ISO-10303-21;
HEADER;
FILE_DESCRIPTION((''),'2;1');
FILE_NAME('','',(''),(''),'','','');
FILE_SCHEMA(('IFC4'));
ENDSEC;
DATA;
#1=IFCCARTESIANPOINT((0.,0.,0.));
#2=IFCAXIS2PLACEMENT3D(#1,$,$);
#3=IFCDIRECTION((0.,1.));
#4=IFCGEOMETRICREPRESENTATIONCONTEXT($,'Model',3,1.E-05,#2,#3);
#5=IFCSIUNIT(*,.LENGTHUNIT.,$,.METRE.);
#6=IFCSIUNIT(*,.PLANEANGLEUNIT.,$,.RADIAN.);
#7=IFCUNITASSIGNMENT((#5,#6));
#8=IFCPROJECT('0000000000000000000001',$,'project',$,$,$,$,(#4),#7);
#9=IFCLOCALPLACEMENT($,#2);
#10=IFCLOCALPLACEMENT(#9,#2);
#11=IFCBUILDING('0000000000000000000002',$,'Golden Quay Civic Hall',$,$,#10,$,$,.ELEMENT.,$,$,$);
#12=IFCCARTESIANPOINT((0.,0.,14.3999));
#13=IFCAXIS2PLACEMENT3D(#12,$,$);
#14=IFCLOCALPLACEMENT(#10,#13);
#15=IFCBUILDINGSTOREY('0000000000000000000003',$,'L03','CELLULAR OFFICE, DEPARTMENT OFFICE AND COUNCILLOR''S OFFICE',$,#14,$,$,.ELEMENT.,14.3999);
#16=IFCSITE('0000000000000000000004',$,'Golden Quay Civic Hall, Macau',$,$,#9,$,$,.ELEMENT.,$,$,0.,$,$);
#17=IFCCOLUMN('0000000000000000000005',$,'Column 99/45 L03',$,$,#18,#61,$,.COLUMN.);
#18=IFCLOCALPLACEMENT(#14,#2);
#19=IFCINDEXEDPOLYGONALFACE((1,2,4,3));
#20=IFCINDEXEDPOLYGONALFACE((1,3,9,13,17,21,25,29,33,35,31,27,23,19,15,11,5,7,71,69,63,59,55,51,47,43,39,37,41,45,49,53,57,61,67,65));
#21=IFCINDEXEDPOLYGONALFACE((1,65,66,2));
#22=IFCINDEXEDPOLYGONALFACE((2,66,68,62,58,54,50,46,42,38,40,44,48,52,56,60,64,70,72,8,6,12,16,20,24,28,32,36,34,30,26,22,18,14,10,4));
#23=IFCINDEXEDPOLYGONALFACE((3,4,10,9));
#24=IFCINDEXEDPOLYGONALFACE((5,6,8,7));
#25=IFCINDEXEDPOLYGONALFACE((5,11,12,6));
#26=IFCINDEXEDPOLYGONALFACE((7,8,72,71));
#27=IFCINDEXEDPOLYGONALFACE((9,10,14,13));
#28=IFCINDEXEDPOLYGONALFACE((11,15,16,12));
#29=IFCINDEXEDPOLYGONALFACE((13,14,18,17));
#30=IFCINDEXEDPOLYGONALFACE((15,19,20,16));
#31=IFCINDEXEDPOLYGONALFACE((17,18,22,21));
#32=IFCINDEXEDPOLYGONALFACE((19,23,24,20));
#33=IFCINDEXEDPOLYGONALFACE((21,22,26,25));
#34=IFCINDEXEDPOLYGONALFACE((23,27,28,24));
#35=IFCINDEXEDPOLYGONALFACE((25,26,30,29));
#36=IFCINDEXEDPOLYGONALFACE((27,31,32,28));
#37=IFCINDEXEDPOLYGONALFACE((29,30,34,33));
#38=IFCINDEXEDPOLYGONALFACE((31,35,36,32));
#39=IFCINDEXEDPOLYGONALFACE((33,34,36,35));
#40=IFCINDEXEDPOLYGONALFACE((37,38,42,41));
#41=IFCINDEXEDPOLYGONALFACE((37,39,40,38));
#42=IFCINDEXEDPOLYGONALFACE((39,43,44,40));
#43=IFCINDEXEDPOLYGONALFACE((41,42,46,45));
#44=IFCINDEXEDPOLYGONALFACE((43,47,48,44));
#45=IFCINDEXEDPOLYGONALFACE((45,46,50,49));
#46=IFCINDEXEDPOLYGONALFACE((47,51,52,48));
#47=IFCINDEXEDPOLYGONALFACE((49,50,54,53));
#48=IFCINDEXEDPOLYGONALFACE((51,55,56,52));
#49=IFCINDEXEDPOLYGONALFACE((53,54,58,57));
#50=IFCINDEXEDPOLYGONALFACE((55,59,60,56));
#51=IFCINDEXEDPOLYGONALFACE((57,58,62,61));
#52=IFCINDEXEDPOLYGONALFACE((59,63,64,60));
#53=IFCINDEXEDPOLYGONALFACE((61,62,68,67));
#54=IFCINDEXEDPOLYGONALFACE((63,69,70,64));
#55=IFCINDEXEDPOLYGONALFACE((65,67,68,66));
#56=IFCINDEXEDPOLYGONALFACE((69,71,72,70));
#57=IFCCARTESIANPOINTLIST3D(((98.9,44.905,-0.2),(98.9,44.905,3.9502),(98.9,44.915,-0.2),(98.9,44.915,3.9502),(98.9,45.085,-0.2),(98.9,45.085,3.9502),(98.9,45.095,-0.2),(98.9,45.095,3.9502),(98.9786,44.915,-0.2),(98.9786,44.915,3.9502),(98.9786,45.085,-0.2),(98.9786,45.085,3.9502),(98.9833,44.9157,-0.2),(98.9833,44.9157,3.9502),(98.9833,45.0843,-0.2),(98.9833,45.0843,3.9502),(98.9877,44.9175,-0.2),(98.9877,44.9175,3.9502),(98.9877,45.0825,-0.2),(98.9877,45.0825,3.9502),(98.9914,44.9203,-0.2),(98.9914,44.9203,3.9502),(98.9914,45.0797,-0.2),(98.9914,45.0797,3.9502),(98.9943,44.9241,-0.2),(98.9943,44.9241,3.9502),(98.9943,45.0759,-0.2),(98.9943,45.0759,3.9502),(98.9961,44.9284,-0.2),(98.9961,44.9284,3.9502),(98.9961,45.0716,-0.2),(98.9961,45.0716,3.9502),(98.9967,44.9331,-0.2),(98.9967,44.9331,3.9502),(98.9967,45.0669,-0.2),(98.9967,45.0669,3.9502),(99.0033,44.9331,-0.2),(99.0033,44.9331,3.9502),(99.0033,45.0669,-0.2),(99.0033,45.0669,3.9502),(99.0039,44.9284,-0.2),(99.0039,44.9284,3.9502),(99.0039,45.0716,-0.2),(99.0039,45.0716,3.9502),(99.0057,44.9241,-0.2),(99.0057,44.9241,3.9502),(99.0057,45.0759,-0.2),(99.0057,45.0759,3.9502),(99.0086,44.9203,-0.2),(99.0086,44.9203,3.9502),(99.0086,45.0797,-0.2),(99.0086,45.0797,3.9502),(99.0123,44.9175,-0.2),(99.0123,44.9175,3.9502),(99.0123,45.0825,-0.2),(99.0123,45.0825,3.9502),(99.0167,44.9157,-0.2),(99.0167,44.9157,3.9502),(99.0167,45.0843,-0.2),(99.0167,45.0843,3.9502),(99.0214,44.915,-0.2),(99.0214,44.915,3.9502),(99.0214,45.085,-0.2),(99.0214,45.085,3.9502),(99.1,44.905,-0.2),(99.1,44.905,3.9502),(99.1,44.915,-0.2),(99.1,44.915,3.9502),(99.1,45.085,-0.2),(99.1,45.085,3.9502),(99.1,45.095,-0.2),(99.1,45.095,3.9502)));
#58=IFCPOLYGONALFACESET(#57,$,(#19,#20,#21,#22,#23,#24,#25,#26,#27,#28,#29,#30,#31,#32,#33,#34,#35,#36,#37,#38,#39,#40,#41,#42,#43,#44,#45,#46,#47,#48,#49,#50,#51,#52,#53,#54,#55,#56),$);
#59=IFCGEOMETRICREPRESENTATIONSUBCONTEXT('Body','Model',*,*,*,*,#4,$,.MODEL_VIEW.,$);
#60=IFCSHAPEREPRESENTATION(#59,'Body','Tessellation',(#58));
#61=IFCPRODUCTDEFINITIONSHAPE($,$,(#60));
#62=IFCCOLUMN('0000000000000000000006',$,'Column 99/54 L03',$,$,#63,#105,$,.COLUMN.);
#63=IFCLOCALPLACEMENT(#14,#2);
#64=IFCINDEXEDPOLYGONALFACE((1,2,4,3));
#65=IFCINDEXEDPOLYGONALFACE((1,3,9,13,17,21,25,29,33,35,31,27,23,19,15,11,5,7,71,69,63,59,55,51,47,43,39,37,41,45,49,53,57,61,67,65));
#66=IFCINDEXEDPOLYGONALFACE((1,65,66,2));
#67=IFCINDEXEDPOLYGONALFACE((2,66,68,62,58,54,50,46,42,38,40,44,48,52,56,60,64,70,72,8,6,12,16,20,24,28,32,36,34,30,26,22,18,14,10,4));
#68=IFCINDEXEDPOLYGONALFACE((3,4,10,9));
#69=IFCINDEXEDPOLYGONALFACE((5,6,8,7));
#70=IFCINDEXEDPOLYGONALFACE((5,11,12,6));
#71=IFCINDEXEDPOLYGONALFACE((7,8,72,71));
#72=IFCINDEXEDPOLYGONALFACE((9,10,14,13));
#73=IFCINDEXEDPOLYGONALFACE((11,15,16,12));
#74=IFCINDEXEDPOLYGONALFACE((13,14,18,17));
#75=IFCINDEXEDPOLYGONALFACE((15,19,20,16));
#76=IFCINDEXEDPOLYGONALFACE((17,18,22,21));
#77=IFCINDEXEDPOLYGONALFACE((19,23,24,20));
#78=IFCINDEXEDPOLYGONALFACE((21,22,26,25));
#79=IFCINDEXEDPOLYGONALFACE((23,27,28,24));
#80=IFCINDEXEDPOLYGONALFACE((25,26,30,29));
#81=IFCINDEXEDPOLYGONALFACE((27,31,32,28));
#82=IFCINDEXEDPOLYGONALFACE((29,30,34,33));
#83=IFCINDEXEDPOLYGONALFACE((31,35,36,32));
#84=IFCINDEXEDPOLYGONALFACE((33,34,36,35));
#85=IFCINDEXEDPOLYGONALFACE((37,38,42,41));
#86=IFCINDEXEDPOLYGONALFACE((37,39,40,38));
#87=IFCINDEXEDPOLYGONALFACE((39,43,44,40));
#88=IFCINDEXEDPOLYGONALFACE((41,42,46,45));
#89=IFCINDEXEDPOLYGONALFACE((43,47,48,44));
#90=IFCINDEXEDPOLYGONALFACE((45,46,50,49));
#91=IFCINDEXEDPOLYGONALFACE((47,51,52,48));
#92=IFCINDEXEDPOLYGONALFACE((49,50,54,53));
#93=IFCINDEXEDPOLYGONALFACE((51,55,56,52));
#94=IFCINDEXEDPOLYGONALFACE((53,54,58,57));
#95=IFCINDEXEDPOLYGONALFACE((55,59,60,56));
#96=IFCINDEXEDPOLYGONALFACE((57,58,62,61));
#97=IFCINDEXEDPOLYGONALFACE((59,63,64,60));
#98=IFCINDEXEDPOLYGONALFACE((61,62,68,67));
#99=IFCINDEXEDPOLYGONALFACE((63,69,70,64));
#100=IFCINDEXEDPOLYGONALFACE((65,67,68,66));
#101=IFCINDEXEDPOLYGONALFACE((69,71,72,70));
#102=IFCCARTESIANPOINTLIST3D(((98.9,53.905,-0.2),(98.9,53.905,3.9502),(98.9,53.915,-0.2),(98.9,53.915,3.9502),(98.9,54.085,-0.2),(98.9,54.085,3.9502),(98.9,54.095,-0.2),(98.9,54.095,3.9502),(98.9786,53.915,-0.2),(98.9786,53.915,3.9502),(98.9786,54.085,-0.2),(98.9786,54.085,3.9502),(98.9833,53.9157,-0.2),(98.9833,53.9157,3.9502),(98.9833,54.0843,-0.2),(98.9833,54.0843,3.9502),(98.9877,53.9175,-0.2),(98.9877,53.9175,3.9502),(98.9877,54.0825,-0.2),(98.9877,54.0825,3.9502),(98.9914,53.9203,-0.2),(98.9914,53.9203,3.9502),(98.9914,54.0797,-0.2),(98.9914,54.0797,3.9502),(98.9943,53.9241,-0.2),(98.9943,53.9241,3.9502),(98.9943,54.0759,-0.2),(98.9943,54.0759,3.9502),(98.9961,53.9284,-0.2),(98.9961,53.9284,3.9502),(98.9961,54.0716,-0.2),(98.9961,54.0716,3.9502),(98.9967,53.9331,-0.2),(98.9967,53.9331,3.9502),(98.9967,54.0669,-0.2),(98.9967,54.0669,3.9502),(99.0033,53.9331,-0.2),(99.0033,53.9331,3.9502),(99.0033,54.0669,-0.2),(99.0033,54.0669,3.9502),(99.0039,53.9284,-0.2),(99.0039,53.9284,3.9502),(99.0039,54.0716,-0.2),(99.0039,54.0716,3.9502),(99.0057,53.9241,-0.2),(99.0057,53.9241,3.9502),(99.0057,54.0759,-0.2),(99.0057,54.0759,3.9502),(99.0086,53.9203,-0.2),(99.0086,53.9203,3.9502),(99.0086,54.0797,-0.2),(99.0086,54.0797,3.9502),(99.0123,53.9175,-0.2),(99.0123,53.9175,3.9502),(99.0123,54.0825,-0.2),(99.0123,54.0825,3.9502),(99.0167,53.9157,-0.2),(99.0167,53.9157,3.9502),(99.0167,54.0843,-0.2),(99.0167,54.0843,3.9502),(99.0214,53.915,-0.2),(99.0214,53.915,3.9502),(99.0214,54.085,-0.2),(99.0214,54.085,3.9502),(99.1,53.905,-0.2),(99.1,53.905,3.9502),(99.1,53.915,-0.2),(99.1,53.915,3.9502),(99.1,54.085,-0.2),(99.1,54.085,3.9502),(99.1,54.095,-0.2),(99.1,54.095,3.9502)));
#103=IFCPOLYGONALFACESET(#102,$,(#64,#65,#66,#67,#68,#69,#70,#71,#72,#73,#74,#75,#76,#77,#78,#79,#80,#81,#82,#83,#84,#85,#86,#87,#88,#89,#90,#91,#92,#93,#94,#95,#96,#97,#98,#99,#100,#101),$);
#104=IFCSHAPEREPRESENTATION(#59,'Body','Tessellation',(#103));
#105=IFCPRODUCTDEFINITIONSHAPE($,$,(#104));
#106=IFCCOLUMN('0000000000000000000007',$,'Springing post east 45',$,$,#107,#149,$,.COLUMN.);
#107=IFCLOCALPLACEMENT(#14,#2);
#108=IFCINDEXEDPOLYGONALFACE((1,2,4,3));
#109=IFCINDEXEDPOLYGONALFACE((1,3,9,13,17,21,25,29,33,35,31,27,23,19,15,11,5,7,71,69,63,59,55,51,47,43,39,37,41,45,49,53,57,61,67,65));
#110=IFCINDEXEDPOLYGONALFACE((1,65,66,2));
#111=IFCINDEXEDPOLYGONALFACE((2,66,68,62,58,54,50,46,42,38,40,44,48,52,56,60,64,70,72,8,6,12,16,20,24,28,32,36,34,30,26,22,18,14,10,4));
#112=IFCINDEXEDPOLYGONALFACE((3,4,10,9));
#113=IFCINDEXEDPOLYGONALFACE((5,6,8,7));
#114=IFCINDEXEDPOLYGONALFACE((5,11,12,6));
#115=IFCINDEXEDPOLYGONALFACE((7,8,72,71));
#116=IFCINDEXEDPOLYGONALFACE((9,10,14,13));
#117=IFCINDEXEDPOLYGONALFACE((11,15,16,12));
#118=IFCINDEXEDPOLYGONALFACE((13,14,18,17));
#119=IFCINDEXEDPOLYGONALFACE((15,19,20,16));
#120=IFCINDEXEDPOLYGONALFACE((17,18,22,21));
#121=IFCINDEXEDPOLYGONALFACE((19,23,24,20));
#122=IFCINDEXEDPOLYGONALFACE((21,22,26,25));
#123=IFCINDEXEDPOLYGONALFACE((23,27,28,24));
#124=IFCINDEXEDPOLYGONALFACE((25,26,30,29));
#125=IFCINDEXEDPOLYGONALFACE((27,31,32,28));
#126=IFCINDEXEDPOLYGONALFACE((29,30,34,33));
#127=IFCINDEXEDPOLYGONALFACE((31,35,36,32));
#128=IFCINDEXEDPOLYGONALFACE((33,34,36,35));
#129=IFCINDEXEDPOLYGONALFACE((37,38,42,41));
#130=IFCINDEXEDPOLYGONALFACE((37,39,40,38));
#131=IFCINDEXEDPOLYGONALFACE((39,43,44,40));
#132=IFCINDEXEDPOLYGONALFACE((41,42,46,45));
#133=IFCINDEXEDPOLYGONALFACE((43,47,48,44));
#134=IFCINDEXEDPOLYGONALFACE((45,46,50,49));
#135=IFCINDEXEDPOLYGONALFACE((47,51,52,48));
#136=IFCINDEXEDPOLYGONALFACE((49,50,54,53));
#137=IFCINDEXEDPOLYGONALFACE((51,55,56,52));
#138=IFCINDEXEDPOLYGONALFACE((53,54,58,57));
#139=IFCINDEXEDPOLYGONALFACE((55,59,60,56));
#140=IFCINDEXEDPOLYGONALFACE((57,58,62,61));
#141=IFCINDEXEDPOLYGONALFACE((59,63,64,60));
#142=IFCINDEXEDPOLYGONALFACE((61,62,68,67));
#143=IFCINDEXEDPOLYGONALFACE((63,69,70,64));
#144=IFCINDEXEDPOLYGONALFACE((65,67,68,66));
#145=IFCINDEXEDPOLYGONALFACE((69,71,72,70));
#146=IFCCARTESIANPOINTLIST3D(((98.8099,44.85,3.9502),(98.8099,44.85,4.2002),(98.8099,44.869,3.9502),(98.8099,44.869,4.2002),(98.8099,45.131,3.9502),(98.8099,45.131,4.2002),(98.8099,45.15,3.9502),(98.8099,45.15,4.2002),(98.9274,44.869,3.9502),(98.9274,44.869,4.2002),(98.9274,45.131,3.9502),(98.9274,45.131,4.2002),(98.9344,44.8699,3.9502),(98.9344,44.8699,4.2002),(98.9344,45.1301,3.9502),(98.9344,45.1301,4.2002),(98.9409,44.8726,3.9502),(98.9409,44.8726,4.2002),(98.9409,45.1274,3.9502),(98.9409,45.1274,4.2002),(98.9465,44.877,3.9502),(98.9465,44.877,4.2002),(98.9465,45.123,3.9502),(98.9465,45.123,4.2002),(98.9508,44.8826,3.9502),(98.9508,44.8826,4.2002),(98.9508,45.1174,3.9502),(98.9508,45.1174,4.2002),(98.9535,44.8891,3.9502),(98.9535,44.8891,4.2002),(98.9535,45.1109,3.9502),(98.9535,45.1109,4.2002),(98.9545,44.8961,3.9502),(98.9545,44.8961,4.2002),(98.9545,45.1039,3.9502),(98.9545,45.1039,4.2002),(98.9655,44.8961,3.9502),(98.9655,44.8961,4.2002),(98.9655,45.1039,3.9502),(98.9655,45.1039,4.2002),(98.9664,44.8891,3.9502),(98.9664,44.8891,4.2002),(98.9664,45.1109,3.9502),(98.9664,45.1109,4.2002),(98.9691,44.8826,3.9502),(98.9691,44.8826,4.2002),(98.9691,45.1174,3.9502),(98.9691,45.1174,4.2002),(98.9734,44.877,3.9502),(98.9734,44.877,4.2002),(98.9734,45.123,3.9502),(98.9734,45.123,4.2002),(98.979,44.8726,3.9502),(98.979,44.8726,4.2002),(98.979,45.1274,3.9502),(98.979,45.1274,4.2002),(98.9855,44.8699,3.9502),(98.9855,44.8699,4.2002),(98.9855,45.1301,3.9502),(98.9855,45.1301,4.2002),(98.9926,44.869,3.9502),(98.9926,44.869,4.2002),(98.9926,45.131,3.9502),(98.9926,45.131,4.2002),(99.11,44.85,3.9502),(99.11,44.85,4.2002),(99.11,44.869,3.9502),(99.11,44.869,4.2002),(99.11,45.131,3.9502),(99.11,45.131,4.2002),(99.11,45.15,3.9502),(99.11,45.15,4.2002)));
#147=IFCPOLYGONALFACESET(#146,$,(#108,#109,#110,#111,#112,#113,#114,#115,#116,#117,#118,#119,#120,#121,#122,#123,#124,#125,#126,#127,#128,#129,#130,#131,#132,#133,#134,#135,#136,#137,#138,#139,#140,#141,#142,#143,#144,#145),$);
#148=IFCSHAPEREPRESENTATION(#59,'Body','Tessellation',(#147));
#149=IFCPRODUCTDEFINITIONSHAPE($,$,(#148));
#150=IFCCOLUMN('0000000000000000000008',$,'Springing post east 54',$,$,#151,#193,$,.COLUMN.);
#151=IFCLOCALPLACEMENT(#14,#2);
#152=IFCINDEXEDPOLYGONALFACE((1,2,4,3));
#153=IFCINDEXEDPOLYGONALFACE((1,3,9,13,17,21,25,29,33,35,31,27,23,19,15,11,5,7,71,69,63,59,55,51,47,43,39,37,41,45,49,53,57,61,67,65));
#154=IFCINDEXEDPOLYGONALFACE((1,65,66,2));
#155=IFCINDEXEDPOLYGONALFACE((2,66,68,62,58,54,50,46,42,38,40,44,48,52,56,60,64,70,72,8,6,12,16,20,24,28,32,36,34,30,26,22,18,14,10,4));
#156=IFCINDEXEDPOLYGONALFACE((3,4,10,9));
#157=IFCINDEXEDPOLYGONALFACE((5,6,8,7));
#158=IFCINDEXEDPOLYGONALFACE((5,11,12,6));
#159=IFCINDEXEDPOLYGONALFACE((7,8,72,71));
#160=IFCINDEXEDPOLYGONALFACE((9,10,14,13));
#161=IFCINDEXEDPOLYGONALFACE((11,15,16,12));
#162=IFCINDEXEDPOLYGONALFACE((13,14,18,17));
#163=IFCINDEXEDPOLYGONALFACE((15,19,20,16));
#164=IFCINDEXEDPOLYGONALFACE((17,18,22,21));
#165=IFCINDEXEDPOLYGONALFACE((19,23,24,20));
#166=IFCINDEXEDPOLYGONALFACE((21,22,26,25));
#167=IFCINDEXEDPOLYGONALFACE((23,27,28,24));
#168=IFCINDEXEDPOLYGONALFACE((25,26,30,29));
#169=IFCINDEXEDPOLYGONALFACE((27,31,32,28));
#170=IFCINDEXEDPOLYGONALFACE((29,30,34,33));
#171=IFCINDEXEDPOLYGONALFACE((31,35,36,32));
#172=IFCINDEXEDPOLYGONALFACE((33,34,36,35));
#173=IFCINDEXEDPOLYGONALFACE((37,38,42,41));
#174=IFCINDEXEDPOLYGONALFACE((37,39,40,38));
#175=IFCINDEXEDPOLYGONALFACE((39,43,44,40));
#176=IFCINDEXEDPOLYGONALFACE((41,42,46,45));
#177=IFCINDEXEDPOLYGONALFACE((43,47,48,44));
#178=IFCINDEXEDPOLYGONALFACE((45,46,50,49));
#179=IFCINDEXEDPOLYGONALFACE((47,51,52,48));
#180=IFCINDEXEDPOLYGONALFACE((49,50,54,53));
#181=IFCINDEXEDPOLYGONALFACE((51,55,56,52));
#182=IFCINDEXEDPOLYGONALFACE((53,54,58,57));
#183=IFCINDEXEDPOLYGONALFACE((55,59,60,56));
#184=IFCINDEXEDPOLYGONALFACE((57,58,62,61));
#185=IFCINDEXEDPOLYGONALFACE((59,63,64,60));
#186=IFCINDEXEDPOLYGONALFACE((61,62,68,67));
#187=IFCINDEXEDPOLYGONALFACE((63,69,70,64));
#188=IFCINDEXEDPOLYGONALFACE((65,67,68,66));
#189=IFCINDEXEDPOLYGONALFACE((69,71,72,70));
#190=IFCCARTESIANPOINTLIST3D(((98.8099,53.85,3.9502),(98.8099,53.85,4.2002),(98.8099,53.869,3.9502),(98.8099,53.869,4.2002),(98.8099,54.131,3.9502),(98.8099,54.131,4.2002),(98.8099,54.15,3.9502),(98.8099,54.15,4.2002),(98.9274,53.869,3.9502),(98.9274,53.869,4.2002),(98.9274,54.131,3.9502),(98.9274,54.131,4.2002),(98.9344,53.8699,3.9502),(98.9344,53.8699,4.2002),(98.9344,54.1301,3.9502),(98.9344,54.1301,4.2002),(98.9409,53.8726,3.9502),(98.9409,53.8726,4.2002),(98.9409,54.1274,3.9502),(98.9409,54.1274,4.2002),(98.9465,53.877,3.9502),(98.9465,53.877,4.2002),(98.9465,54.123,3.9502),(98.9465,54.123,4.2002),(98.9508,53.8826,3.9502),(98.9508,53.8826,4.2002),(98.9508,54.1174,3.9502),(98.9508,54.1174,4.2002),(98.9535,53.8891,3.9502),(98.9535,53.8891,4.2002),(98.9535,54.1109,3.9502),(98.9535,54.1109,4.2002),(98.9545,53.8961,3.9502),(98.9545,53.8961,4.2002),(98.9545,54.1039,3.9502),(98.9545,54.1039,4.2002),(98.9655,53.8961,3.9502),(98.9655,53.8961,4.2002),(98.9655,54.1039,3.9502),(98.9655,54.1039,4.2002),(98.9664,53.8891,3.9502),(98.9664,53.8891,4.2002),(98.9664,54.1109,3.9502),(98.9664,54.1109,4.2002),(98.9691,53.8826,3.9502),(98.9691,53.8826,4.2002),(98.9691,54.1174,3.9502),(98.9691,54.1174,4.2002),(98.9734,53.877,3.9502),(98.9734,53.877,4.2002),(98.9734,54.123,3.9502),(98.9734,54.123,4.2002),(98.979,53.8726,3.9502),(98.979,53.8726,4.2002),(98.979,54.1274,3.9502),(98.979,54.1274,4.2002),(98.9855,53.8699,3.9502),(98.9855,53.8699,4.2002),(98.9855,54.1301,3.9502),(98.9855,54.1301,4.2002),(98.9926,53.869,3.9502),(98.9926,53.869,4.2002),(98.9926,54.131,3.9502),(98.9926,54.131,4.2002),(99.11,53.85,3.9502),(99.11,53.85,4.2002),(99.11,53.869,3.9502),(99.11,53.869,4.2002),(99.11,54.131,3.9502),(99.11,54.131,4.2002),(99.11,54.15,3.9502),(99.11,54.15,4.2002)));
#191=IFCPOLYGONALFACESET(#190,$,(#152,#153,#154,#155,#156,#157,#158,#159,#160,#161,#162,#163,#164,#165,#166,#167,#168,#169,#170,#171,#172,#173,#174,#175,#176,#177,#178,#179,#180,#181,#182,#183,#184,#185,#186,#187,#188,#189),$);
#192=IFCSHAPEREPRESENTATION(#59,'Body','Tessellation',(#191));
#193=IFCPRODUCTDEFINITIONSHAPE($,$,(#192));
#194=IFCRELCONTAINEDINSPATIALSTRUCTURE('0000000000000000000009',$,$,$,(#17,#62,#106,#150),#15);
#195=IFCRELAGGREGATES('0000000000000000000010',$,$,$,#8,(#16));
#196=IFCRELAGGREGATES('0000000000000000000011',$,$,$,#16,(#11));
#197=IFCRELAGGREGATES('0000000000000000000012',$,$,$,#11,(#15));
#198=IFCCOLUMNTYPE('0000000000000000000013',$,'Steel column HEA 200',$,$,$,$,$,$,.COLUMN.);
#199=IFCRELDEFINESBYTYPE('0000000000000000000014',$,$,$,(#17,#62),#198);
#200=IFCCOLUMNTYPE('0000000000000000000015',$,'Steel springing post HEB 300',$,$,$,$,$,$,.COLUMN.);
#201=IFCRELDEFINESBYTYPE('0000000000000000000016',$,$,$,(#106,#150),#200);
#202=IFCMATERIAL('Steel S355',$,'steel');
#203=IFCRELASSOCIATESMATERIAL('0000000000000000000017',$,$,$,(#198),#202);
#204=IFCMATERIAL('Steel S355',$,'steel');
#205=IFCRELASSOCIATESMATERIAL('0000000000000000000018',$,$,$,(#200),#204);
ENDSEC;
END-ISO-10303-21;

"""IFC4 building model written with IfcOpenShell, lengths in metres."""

from ifc_helpers import new_model, si_unit, direction, frame, origin, origin_2d, place, context, subcontext, project, spatial, i_section, extrude, material, material_profile, profile_set, type_object, element, save


model = new_model("IFC4")

# Units and contexts
model_context = context("Model", 3, precision=1e-05, world=origin(), true_north=direction((0.0, 1.0)))
body_context = subcontext(model_context, "Body", "Model", "MODEL_VIEW")
ifc_project = project(units=[si_unit("LENGTHUNIT", "METRE"), si_unit("PLANEANGLEUNIT", "RADIAN")], contexts=[model_context])

# Site, building, storey
site_placement = place(None, origin())
site = spatial("IfcSite", under=ifc_project, at=site_placement, Name="Golden Quay Civic Hall, Macau", CompositionType="ELEMENT", RefElevation=0.0)
building_placement = place(site_placement, origin())
building = spatial("IfcBuilding", under=site, at=building_placement, Name="Golden Quay Civic Hall", CompositionType="ELEMENT")
storey_placement = place(building_placement, frame((0.0, 0.0, 14.3999)))
storey = spatial("IfcBuildingStorey", under=building, at=storey_placement, Name="L03", Description="CELLULAR OFFICE, DEPARTMENT OFFICE AND COUNCILLOR'S OFFICE", CompositionType="ELEMENT", Elevation=14.3999)

# Columns
ifc_material_1 = material(Name="Steel S355", Category="steel")
ifc_material_profile_1 = material_profile(ifc_material_1, i_section(OverallWidth=0.2, OverallDepth=0.1899, WebThickness=0.0066, FlangeThickness=0.01, FilletRadius=0.0181, at=origin_2d()), Name="HEA 200")
ifc_profile_set_1 = profile_set([ifc_material_profile_1], Name="Steel S355")
column_type_1 = type_object("IfcColumnType", Name="Steel column HEA 200", PredefinedType="COLUMN", material=ifc_profile_set_1)
for number, where, z_axis, x_axis, name in (
    (1, (99.0, 45.0, -0.2), (0.0, 0.0, 1.0), (1.0, 0.0, 0.0), "Column 99/45 L03"),
    (2, (99.0, 54.0, -0.2), (0.0, 0.0, 1.0), (1.0, 0.0, 0.0), "Column 99/54 L03"),
):
    element("IfcColumn", number, at=place(storey_placement, frame(where, z_axis=z_axis, x_axis=x_axis)), inside=storey, type_object=column_type_1, Name=name, PredefinedType="COLUMN", context=body_context, shape_type="SweptSolid", body=[
        extrude(i_section(OverallWidth=0.2, OverallDepth=0.1899, WebThickness=0.0066, FlangeThickness=0.01, FilletRadius=0.0181, at=origin_2d()), origin(), (0.0, 0.0, 1.0), 4.1501),
    ])
ifc_material_2 = material(Name="Steel S355", Category="steel")
ifc_material_profile_2 = material_profile(ifc_material_2, i_section(OverallWidth=0.3, OverallDepth=0.3, WebThickness=0.011, FlangeThickness=0.019, FilletRadius=0.0271, at=origin_2d()), Name="HEB 300")
ifc_profile_set_2 = profile_set([ifc_material_profile_2], Name="Steel S355")
column_type_2 = type_object("IfcColumnType", Name="Steel springing post HEB 300", PredefinedType="COLUMN", material=ifc_profile_set_2)
for number, where, z_axis, x_axis, name in (
    (3, (98.96, 45.0, 3.9502), (0.0, 0.0, 1.0), (1.0, 0.0, 0.0), "Springing post east 45"),
    (4, (98.96, 54.0, 3.9502), (0.0, 0.0, 1.0), (1.0, 0.0, 0.0), "Springing post east 54"),
):
    element("IfcColumn", number, at=place(storey_placement, frame(where, z_axis=z_axis, x_axis=x_axis)), inside=storey, type_object=column_type_2, Name=name, PredefinedType="COLUMN", context=body_context, shape_type="SweptSolid", body=[
        extrude(i_section(OverallWidth=0.3, OverallDepth=0.3, WebThickness=0.011, FlangeThickness=0.019, FilletRadius=0.0271, at=origin_2d()), origin(), (0.0, 0.0, 1.0), 0.25),
    ])

save(model, "model.ifc")
